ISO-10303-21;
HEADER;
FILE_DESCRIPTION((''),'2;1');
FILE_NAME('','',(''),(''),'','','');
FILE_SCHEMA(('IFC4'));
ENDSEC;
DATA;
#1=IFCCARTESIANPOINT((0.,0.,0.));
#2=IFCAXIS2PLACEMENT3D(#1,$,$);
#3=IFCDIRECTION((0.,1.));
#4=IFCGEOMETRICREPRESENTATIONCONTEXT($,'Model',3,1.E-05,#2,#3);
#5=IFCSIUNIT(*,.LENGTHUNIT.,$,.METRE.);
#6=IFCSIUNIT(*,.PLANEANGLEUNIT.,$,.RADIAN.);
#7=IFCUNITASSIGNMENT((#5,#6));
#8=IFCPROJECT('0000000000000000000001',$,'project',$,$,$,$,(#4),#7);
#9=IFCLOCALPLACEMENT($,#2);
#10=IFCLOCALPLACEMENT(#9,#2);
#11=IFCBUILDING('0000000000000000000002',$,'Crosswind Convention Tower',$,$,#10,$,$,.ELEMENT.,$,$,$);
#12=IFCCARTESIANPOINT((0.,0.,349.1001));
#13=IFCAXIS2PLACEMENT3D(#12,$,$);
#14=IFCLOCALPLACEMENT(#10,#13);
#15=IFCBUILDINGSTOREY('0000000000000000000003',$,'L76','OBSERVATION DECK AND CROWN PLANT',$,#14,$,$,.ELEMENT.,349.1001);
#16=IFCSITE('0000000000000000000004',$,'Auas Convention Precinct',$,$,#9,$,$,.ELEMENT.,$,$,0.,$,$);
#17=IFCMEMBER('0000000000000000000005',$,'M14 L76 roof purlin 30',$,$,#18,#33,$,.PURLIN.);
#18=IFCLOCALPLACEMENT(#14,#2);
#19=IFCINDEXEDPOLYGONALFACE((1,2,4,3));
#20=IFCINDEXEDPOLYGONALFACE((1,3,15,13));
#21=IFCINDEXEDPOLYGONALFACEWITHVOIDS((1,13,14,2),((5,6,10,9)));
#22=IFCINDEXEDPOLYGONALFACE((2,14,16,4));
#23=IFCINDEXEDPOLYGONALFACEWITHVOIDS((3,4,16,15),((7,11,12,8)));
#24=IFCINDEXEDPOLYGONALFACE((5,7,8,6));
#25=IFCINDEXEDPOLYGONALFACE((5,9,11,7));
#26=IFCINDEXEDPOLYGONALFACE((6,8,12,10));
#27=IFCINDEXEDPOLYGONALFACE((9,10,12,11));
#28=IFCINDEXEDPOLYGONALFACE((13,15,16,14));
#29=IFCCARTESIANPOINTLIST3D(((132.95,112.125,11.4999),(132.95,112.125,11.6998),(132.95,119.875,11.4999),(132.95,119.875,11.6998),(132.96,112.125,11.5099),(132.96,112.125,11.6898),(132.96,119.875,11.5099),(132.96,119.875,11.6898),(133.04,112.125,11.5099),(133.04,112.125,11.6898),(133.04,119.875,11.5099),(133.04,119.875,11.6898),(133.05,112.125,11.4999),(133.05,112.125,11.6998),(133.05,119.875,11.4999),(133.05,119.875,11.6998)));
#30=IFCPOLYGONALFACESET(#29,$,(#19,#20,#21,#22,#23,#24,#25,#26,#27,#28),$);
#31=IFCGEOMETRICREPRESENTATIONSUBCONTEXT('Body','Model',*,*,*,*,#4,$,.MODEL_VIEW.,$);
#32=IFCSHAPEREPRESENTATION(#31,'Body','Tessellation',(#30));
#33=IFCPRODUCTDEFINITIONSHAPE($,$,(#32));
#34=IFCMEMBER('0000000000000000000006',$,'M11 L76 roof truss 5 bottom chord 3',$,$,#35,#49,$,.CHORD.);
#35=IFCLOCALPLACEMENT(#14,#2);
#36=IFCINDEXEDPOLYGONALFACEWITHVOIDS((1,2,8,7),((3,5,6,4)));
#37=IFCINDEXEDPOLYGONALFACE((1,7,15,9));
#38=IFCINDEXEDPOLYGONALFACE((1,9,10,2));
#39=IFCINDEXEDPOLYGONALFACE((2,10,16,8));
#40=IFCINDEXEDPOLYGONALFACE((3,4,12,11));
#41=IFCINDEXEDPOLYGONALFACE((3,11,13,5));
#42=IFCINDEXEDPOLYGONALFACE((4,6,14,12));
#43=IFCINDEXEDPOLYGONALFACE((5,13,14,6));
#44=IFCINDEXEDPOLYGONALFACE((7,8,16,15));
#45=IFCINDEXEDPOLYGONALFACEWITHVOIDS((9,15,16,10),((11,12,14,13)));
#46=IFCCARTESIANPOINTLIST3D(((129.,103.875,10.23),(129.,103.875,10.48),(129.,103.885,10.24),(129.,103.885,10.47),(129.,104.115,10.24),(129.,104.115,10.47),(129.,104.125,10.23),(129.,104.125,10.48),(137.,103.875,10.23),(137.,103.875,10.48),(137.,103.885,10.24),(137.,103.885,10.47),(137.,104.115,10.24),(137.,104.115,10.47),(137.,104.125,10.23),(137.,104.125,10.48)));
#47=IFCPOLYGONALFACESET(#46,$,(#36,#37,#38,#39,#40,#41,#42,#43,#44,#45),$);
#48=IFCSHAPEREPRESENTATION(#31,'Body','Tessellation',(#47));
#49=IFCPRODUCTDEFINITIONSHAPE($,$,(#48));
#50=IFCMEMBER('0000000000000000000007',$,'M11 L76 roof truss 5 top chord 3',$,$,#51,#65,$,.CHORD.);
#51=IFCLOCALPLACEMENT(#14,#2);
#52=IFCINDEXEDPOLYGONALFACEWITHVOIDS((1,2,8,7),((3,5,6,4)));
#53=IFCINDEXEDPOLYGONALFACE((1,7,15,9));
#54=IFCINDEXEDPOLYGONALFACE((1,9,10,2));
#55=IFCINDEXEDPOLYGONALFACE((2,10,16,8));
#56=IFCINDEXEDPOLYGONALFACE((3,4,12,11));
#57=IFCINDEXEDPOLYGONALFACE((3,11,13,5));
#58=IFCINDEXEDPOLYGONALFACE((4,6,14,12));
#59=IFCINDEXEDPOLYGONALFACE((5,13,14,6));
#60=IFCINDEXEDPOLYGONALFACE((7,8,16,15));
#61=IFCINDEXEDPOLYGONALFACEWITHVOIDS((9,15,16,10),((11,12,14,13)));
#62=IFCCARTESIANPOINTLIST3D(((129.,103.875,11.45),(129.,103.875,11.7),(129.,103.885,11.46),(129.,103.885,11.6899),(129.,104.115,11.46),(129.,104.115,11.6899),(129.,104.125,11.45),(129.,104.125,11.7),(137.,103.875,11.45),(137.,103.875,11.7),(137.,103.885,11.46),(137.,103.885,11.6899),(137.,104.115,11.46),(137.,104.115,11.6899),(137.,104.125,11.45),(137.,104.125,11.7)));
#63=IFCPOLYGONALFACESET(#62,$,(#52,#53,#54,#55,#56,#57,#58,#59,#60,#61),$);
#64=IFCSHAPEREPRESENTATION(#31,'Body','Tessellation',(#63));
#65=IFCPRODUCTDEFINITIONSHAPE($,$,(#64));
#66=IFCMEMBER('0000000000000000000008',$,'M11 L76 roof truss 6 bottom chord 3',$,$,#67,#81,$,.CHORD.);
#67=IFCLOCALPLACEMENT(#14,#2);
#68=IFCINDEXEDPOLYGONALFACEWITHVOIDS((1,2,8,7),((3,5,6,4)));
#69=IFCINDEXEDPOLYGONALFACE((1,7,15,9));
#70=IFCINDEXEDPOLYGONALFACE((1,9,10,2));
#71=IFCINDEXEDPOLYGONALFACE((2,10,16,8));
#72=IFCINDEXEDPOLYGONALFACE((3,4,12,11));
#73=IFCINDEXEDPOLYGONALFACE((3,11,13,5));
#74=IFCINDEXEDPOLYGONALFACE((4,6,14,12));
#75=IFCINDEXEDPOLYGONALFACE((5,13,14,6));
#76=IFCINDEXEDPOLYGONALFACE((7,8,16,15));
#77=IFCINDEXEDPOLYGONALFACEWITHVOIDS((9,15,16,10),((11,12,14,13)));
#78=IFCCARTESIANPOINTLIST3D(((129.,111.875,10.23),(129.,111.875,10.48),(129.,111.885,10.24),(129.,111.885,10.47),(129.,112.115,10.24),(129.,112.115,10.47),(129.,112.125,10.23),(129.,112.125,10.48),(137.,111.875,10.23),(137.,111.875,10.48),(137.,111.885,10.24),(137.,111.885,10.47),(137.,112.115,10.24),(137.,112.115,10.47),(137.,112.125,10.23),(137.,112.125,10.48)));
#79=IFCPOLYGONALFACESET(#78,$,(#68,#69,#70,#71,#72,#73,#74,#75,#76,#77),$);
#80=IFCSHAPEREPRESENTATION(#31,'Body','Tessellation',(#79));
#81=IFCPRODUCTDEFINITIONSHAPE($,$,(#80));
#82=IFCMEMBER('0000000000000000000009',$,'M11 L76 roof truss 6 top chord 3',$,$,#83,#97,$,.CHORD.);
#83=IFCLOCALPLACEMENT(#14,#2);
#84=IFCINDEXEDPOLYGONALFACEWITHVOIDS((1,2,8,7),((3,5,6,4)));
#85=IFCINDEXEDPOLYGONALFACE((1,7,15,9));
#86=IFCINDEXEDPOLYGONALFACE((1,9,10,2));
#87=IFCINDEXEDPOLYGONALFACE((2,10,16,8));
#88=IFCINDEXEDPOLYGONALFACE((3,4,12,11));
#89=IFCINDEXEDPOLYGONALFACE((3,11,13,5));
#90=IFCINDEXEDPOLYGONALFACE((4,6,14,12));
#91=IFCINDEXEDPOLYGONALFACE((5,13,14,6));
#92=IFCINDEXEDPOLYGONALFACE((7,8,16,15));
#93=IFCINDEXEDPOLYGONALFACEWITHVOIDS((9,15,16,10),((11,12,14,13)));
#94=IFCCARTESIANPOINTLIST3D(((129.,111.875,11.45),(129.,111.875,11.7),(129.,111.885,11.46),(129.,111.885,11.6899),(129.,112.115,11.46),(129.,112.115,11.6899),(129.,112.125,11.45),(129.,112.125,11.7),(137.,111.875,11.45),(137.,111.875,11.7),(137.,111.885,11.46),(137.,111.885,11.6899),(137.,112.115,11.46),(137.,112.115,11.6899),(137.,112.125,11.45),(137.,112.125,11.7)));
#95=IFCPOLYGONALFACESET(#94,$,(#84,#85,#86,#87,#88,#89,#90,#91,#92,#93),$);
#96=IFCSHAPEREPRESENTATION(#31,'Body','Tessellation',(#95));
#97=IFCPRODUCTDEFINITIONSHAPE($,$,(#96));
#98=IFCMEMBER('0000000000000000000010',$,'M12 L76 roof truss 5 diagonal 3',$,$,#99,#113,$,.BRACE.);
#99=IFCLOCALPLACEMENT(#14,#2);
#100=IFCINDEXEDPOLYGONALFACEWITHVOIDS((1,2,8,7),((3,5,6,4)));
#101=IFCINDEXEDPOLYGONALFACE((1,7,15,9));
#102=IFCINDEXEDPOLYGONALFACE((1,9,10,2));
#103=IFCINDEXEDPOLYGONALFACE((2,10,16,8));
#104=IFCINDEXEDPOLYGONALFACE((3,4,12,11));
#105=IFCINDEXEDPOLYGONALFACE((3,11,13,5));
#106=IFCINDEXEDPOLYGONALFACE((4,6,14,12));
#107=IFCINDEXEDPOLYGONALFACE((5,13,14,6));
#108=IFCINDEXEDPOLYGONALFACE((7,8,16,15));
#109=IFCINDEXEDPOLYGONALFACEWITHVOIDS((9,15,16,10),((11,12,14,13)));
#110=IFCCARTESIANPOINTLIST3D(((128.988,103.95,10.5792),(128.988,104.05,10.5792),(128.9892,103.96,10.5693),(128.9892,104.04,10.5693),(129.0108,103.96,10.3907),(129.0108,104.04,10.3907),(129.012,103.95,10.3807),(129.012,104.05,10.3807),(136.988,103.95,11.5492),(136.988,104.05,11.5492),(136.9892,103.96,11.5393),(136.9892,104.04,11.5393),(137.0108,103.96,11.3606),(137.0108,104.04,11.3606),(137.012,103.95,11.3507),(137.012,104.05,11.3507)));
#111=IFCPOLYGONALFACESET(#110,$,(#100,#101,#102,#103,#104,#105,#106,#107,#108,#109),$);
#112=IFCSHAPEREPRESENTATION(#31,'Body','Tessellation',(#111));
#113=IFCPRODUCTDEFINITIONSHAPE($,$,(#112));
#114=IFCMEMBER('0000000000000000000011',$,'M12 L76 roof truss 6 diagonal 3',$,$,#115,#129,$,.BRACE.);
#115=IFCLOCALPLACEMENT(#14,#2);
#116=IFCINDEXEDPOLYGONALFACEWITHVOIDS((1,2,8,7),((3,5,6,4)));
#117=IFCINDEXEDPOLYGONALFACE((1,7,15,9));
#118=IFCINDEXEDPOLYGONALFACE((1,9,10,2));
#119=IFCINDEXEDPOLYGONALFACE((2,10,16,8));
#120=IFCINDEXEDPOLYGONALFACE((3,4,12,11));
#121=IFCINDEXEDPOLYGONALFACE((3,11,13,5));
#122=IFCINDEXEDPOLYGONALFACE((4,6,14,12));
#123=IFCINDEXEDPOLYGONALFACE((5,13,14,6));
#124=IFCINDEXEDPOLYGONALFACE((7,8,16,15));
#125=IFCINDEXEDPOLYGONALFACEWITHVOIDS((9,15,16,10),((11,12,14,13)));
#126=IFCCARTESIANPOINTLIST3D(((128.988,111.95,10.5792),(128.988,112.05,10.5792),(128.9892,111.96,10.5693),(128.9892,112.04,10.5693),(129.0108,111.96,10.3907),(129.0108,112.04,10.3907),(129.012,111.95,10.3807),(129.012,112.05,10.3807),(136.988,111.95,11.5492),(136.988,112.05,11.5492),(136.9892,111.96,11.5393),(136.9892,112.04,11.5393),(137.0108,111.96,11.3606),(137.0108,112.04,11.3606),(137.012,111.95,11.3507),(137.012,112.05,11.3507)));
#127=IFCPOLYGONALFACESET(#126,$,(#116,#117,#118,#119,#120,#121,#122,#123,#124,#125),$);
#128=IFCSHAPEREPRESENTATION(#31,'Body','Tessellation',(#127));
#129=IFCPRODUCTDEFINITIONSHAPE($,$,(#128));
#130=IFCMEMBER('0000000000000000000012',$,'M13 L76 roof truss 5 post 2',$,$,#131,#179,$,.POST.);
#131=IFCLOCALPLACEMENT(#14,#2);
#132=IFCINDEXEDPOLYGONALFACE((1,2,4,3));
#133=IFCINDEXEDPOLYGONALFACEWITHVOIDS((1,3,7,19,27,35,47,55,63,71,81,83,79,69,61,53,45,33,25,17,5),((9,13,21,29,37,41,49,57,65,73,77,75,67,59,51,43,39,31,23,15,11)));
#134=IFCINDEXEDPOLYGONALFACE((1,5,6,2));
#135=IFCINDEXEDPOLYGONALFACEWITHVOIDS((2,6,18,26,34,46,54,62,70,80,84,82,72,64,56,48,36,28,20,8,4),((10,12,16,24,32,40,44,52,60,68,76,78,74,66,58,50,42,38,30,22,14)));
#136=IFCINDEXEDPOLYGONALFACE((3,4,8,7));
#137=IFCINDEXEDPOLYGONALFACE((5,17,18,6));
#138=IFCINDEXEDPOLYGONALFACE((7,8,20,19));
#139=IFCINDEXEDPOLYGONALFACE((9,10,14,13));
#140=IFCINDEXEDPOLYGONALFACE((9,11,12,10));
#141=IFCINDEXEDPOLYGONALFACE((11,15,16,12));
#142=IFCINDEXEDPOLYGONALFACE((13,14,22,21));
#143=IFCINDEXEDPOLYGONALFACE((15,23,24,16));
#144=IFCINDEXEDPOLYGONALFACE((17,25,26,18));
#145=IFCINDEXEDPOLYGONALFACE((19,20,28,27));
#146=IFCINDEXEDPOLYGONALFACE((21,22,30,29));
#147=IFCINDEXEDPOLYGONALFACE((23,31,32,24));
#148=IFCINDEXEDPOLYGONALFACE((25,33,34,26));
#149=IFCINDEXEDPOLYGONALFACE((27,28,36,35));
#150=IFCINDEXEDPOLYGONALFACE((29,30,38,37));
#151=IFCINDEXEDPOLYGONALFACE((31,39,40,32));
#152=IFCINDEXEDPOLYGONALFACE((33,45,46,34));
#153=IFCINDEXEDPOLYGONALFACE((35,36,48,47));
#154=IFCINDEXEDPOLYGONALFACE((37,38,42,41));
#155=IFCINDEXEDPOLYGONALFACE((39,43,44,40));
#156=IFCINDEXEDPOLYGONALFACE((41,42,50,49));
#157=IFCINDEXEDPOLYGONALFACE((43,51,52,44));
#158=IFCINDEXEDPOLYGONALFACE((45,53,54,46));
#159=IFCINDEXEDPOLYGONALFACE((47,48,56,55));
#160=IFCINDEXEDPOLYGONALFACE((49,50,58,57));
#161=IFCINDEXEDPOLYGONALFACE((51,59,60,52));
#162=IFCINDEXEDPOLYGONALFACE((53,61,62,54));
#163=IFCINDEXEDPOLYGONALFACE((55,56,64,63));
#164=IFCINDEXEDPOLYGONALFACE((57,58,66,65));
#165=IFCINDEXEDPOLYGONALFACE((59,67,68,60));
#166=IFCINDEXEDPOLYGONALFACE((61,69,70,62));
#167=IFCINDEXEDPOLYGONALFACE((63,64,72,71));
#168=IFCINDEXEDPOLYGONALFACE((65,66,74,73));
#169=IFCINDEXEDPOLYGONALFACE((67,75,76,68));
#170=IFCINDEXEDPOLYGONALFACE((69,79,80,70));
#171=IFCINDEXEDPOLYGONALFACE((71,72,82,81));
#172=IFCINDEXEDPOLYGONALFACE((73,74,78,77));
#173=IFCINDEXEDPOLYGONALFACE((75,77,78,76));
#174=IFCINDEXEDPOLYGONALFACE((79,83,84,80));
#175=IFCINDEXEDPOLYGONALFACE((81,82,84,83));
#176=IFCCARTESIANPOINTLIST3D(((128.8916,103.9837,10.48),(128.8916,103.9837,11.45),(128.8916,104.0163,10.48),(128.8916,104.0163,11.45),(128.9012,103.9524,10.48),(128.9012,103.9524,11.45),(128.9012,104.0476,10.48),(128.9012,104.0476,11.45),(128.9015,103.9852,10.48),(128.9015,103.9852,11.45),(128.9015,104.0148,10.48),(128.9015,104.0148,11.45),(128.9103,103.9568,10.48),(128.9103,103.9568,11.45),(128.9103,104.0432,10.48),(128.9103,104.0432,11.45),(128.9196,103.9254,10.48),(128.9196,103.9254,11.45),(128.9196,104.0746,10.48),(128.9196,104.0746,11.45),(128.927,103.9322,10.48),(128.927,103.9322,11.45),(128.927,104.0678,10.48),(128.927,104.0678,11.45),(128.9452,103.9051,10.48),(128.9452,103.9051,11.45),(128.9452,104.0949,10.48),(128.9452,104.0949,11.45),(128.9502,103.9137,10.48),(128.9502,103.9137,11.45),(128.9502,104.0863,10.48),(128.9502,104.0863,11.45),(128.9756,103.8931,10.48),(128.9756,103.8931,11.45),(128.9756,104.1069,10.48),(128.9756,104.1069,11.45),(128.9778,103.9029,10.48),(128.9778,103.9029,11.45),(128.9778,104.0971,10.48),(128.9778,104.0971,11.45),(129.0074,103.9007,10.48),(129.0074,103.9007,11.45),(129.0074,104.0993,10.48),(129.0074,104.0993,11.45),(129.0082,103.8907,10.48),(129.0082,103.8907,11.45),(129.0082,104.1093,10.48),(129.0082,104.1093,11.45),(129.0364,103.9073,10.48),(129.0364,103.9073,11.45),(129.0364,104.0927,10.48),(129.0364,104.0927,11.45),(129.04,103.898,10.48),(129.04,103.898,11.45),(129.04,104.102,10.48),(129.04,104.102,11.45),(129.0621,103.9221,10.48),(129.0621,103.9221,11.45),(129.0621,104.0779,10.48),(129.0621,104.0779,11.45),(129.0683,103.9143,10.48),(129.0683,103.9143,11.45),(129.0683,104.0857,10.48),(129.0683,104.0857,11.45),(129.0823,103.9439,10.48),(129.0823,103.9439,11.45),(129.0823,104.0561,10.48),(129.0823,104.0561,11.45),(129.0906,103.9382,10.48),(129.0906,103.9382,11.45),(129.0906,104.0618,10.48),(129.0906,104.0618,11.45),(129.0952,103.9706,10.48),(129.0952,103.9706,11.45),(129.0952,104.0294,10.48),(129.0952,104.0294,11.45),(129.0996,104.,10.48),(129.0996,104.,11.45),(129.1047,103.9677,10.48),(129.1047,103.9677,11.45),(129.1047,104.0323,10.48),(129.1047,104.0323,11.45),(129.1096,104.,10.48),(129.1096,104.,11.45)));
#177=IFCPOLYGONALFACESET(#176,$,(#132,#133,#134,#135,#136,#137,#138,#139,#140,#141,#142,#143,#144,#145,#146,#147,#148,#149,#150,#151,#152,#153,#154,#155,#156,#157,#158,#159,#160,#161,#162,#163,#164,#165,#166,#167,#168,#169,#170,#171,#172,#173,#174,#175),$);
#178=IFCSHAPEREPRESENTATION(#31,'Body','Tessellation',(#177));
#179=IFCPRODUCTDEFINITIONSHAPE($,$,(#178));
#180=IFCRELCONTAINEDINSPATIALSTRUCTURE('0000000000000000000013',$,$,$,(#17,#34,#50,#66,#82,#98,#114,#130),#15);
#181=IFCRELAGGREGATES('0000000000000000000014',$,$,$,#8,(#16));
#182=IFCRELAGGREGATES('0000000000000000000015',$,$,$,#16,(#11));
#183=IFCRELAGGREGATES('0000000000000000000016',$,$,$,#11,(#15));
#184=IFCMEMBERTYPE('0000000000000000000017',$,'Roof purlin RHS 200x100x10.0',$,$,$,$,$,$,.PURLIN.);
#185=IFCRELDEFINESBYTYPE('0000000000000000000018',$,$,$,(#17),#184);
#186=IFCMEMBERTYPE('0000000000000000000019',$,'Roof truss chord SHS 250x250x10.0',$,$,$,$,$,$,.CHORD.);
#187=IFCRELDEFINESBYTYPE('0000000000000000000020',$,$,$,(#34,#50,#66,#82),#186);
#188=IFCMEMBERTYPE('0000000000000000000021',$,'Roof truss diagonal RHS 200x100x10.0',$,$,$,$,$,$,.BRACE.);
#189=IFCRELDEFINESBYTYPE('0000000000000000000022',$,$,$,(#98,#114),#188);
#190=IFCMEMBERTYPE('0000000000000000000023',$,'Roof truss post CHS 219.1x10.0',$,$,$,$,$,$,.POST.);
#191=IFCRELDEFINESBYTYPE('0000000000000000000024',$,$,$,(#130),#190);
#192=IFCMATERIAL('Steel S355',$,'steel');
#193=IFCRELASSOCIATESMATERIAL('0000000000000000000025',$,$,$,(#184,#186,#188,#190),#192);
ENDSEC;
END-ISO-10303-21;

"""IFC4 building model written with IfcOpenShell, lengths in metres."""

from ifc_helpers import new_model, si_unit, direction, frame, origin, origin_2d, place, context, subcontext, project, spatial, hollow_rectangle, hollow_circle, extrude, material, material_profile, profile_set, type_object, element, save


model = new_model("IFC4")

# Units and contexts
model_context = context("Model", 3, precision=1e-05, world=origin(), true_north=direction((0.0, 1.0)))
body_context = subcontext(model_context, "Body", "Model", "MODEL_VIEW")
ifc_project = project(units=[si_unit("LENGTHUNIT", "METRE"), si_unit("PLANEANGLEUNIT", "RADIAN")], contexts=[model_context])

# Site, building, storey
site_placement = place(None, origin())
site = spatial("IfcSite", under=ifc_project, at=site_placement, Name="Auas Convention Precinct", CompositionType="ELEMENT", RefElevation=0.0)
building_placement = place(site_placement, origin())
building = spatial("IfcBuilding", under=site, at=building_placement, Name="Crosswind Convention Tower", CompositionType="ELEMENT")
storey_placement = place(building_placement, frame((0.0, 0.0, 349.1001)))
storey = spatial("IfcBuildingStorey", under=building, at=storey_placement, Name="L76", Description="OBSERVATION DECK AND CROWN PLANT", CompositionType="ELEMENT", Elevation=349.1001)

# Shared definitions
ifc_material_1 = material(Name="Steel S355", Category="steel")

# Members
ifc_material_profile_1 = material_profile(ifc_material_1, hollow_rectangle(XDim=0.1001, YDim=0.2, WallThickness=0.01, at=origin_2d()), Name="RHS 200x100x10.0")
ifc_profile_set_1 = profile_set([ifc_material_profile_1], Name="Steel S355")
member_type_1 = type_object("IfcMemberType", Name="Roof purlin RHS 200x100x10.0", PredefinedType="PURLIN", material=ifc_profile_set_1)
for number, where, z_axis, x_axis, name in (
    (1, (133.0, 112.125, 11.5999), (0.0, 1.0, 0.0), (-1.0, 0.0, 0.0), "M14 L76 roof purlin 30"),
):
    element("IfcMember", number, at=place(storey_placement, frame(where, z_axis=z_axis, x_axis=x_axis)), inside=storey, type_object=member_type_1, Name=name, PredefinedType="PURLIN", context=body_context, shape_type="SweptSolid", body=[
        extrude(hollow_rectangle(XDim=0.1001, YDim=0.2, WallThickness=0.01, at=origin_2d()), origin(), (0.0, 0.0, 1.0), 7.75),
    ])
ifc_material_profile_2 = material_profile(ifc_material_1, hollow_rectangle(XDim=0.25, YDim=0.25, WallThickness=0.01, at=origin_2d()), Name="SHS 250x250x10.0")
ifc_profile_set_2 = profile_set([ifc_material_profile_2], Name="Steel S355")
member_type_2 = type_object("IfcMemberType", Name="Roof truss chord SHS 250x250x10.0", PredefinedType="CHORD", material=ifc_profile_set_2)
for number, where, z_axis, x_axis, name in (
    (2, (129.0, 104.0, 10.355), (1.0, 0.0, 0.0), (0.0, 1.0, 0.0), "M11 L76 roof truss 5 bottom chord 3"),
    (3, (129.0, 104.0, 11.575), (1.0, 0.0, 0.0), (0.0, 1.0, 0.0), "M11 L76 roof truss 5 top chord 3"),
    (4, (129.0, 112.0, 10.355), (1.0, 0.0, 0.0), (0.0, 1.0, 0.0), "M11 L76 roof truss 6 bottom chord 3"),
    (5, (129.0, 112.0, 11.575), (1.0, 0.0, 0.0), (0.0, 1.0, 0.0), "M11 L76 roof truss 6 top chord 3"),
):
    element("IfcMember", number, at=place(storey_placement, frame(where, z_axis=z_axis, x_axis=x_axis)), inside=storey, type_object=member_type_2, Name=name, PredefinedType="CHORD", context=body_context, shape_type="SweptSolid", body=[
        extrude(hollow_rectangle(XDim=0.25, YDim=0.25, WallThickness=0.01, at=origin_2d()), origin(), (0.0, 0.0, 1.0), 8.0),
    ])
ifc_material_profile_3 = material_profile(ifc_material_1, hollow_rectangle(XDim=0.1001, YDim=0.2, WallThickness=0.01, at=origin_2d()), Name="RHS 200x100x10.0")
ifc_profile_set_3 = profile_set([ifc_material_profile_3], Name="Steel S355")
member_type_3 = type_object("IfcMemberType", Name="Roof truss diagonal RHS 200x100x10.0", PredefinedType="BRACE", material=ifc_profile_set_3)
for number, where, z_axis, x_axis, name in (
    (6, (129.0, 104.0, 10.48), (0.99273, 0.0, 0.120365), (0.0, 1.0, 0.0), "M12 L76 roof truss 5 diagonal 3"),
    (7, (129.0, 112.0, 10.48), (0.99273, 0.0, 0.120365), (0.0, 1.0, 0.0), "M12 L76 roof truss 6 diagonal 3"),
):
    element("IfcMember", number, at=place(storey_placement, frame(where, z_axis=z_axis, x_axis=x_axis)), inside=storey, type_object=member_type_3, Name=name, PredefinedType="BRACE", context=body_context, shape_type="SweptSolid", body=[
        extrude(hollow_rectangle(XDim=0.1001, YDim=0.2, WallThickness=0.01, at=origin_2d()), origin(), (0.0, 0.0, 1.0), 8.0586),
    ])
ifc_material_profile_4 = material_profile(ifc_material_1, hollow_circle(Radius=0.1096, WallThickness=0.01, at=origin_2d()), Name="CHS 219.1x10.0")
ifc_profile_set_4 = profile_set([ifc_material_profile_4], Name="Steel S355")
member_type_4 = type_object("IfcMemberType", Name="Roof truss post CHS 219.1x10.0", PredefinedType="POST", material=ifc_profile_set_4)
for number, where, z_axis, x_axis, name in (
    (8, (129.0, 104.0, 10.48), (0.0, 0.0, 1.0), (1.0, 0.0, 0.0), "M13 L76 roof truss 5 post 2"),
):
    element("IfcMember", number, at=place(storey_placement, frame(where, z_axis=z_axis, x_axis=x_axis)), inside=storey, type_object=member_type_4, Name=name, PredefinedType="POST", context=body_context, shape_type="SweptSolid", body=[
        extrude(hollow_circle(Radius=0.1096, WallThickness=0.01, at=origin_2d()), origin(), (0.0, 0.0, 1.0), 0.97),
    ])

save(model, "model.ifc")
